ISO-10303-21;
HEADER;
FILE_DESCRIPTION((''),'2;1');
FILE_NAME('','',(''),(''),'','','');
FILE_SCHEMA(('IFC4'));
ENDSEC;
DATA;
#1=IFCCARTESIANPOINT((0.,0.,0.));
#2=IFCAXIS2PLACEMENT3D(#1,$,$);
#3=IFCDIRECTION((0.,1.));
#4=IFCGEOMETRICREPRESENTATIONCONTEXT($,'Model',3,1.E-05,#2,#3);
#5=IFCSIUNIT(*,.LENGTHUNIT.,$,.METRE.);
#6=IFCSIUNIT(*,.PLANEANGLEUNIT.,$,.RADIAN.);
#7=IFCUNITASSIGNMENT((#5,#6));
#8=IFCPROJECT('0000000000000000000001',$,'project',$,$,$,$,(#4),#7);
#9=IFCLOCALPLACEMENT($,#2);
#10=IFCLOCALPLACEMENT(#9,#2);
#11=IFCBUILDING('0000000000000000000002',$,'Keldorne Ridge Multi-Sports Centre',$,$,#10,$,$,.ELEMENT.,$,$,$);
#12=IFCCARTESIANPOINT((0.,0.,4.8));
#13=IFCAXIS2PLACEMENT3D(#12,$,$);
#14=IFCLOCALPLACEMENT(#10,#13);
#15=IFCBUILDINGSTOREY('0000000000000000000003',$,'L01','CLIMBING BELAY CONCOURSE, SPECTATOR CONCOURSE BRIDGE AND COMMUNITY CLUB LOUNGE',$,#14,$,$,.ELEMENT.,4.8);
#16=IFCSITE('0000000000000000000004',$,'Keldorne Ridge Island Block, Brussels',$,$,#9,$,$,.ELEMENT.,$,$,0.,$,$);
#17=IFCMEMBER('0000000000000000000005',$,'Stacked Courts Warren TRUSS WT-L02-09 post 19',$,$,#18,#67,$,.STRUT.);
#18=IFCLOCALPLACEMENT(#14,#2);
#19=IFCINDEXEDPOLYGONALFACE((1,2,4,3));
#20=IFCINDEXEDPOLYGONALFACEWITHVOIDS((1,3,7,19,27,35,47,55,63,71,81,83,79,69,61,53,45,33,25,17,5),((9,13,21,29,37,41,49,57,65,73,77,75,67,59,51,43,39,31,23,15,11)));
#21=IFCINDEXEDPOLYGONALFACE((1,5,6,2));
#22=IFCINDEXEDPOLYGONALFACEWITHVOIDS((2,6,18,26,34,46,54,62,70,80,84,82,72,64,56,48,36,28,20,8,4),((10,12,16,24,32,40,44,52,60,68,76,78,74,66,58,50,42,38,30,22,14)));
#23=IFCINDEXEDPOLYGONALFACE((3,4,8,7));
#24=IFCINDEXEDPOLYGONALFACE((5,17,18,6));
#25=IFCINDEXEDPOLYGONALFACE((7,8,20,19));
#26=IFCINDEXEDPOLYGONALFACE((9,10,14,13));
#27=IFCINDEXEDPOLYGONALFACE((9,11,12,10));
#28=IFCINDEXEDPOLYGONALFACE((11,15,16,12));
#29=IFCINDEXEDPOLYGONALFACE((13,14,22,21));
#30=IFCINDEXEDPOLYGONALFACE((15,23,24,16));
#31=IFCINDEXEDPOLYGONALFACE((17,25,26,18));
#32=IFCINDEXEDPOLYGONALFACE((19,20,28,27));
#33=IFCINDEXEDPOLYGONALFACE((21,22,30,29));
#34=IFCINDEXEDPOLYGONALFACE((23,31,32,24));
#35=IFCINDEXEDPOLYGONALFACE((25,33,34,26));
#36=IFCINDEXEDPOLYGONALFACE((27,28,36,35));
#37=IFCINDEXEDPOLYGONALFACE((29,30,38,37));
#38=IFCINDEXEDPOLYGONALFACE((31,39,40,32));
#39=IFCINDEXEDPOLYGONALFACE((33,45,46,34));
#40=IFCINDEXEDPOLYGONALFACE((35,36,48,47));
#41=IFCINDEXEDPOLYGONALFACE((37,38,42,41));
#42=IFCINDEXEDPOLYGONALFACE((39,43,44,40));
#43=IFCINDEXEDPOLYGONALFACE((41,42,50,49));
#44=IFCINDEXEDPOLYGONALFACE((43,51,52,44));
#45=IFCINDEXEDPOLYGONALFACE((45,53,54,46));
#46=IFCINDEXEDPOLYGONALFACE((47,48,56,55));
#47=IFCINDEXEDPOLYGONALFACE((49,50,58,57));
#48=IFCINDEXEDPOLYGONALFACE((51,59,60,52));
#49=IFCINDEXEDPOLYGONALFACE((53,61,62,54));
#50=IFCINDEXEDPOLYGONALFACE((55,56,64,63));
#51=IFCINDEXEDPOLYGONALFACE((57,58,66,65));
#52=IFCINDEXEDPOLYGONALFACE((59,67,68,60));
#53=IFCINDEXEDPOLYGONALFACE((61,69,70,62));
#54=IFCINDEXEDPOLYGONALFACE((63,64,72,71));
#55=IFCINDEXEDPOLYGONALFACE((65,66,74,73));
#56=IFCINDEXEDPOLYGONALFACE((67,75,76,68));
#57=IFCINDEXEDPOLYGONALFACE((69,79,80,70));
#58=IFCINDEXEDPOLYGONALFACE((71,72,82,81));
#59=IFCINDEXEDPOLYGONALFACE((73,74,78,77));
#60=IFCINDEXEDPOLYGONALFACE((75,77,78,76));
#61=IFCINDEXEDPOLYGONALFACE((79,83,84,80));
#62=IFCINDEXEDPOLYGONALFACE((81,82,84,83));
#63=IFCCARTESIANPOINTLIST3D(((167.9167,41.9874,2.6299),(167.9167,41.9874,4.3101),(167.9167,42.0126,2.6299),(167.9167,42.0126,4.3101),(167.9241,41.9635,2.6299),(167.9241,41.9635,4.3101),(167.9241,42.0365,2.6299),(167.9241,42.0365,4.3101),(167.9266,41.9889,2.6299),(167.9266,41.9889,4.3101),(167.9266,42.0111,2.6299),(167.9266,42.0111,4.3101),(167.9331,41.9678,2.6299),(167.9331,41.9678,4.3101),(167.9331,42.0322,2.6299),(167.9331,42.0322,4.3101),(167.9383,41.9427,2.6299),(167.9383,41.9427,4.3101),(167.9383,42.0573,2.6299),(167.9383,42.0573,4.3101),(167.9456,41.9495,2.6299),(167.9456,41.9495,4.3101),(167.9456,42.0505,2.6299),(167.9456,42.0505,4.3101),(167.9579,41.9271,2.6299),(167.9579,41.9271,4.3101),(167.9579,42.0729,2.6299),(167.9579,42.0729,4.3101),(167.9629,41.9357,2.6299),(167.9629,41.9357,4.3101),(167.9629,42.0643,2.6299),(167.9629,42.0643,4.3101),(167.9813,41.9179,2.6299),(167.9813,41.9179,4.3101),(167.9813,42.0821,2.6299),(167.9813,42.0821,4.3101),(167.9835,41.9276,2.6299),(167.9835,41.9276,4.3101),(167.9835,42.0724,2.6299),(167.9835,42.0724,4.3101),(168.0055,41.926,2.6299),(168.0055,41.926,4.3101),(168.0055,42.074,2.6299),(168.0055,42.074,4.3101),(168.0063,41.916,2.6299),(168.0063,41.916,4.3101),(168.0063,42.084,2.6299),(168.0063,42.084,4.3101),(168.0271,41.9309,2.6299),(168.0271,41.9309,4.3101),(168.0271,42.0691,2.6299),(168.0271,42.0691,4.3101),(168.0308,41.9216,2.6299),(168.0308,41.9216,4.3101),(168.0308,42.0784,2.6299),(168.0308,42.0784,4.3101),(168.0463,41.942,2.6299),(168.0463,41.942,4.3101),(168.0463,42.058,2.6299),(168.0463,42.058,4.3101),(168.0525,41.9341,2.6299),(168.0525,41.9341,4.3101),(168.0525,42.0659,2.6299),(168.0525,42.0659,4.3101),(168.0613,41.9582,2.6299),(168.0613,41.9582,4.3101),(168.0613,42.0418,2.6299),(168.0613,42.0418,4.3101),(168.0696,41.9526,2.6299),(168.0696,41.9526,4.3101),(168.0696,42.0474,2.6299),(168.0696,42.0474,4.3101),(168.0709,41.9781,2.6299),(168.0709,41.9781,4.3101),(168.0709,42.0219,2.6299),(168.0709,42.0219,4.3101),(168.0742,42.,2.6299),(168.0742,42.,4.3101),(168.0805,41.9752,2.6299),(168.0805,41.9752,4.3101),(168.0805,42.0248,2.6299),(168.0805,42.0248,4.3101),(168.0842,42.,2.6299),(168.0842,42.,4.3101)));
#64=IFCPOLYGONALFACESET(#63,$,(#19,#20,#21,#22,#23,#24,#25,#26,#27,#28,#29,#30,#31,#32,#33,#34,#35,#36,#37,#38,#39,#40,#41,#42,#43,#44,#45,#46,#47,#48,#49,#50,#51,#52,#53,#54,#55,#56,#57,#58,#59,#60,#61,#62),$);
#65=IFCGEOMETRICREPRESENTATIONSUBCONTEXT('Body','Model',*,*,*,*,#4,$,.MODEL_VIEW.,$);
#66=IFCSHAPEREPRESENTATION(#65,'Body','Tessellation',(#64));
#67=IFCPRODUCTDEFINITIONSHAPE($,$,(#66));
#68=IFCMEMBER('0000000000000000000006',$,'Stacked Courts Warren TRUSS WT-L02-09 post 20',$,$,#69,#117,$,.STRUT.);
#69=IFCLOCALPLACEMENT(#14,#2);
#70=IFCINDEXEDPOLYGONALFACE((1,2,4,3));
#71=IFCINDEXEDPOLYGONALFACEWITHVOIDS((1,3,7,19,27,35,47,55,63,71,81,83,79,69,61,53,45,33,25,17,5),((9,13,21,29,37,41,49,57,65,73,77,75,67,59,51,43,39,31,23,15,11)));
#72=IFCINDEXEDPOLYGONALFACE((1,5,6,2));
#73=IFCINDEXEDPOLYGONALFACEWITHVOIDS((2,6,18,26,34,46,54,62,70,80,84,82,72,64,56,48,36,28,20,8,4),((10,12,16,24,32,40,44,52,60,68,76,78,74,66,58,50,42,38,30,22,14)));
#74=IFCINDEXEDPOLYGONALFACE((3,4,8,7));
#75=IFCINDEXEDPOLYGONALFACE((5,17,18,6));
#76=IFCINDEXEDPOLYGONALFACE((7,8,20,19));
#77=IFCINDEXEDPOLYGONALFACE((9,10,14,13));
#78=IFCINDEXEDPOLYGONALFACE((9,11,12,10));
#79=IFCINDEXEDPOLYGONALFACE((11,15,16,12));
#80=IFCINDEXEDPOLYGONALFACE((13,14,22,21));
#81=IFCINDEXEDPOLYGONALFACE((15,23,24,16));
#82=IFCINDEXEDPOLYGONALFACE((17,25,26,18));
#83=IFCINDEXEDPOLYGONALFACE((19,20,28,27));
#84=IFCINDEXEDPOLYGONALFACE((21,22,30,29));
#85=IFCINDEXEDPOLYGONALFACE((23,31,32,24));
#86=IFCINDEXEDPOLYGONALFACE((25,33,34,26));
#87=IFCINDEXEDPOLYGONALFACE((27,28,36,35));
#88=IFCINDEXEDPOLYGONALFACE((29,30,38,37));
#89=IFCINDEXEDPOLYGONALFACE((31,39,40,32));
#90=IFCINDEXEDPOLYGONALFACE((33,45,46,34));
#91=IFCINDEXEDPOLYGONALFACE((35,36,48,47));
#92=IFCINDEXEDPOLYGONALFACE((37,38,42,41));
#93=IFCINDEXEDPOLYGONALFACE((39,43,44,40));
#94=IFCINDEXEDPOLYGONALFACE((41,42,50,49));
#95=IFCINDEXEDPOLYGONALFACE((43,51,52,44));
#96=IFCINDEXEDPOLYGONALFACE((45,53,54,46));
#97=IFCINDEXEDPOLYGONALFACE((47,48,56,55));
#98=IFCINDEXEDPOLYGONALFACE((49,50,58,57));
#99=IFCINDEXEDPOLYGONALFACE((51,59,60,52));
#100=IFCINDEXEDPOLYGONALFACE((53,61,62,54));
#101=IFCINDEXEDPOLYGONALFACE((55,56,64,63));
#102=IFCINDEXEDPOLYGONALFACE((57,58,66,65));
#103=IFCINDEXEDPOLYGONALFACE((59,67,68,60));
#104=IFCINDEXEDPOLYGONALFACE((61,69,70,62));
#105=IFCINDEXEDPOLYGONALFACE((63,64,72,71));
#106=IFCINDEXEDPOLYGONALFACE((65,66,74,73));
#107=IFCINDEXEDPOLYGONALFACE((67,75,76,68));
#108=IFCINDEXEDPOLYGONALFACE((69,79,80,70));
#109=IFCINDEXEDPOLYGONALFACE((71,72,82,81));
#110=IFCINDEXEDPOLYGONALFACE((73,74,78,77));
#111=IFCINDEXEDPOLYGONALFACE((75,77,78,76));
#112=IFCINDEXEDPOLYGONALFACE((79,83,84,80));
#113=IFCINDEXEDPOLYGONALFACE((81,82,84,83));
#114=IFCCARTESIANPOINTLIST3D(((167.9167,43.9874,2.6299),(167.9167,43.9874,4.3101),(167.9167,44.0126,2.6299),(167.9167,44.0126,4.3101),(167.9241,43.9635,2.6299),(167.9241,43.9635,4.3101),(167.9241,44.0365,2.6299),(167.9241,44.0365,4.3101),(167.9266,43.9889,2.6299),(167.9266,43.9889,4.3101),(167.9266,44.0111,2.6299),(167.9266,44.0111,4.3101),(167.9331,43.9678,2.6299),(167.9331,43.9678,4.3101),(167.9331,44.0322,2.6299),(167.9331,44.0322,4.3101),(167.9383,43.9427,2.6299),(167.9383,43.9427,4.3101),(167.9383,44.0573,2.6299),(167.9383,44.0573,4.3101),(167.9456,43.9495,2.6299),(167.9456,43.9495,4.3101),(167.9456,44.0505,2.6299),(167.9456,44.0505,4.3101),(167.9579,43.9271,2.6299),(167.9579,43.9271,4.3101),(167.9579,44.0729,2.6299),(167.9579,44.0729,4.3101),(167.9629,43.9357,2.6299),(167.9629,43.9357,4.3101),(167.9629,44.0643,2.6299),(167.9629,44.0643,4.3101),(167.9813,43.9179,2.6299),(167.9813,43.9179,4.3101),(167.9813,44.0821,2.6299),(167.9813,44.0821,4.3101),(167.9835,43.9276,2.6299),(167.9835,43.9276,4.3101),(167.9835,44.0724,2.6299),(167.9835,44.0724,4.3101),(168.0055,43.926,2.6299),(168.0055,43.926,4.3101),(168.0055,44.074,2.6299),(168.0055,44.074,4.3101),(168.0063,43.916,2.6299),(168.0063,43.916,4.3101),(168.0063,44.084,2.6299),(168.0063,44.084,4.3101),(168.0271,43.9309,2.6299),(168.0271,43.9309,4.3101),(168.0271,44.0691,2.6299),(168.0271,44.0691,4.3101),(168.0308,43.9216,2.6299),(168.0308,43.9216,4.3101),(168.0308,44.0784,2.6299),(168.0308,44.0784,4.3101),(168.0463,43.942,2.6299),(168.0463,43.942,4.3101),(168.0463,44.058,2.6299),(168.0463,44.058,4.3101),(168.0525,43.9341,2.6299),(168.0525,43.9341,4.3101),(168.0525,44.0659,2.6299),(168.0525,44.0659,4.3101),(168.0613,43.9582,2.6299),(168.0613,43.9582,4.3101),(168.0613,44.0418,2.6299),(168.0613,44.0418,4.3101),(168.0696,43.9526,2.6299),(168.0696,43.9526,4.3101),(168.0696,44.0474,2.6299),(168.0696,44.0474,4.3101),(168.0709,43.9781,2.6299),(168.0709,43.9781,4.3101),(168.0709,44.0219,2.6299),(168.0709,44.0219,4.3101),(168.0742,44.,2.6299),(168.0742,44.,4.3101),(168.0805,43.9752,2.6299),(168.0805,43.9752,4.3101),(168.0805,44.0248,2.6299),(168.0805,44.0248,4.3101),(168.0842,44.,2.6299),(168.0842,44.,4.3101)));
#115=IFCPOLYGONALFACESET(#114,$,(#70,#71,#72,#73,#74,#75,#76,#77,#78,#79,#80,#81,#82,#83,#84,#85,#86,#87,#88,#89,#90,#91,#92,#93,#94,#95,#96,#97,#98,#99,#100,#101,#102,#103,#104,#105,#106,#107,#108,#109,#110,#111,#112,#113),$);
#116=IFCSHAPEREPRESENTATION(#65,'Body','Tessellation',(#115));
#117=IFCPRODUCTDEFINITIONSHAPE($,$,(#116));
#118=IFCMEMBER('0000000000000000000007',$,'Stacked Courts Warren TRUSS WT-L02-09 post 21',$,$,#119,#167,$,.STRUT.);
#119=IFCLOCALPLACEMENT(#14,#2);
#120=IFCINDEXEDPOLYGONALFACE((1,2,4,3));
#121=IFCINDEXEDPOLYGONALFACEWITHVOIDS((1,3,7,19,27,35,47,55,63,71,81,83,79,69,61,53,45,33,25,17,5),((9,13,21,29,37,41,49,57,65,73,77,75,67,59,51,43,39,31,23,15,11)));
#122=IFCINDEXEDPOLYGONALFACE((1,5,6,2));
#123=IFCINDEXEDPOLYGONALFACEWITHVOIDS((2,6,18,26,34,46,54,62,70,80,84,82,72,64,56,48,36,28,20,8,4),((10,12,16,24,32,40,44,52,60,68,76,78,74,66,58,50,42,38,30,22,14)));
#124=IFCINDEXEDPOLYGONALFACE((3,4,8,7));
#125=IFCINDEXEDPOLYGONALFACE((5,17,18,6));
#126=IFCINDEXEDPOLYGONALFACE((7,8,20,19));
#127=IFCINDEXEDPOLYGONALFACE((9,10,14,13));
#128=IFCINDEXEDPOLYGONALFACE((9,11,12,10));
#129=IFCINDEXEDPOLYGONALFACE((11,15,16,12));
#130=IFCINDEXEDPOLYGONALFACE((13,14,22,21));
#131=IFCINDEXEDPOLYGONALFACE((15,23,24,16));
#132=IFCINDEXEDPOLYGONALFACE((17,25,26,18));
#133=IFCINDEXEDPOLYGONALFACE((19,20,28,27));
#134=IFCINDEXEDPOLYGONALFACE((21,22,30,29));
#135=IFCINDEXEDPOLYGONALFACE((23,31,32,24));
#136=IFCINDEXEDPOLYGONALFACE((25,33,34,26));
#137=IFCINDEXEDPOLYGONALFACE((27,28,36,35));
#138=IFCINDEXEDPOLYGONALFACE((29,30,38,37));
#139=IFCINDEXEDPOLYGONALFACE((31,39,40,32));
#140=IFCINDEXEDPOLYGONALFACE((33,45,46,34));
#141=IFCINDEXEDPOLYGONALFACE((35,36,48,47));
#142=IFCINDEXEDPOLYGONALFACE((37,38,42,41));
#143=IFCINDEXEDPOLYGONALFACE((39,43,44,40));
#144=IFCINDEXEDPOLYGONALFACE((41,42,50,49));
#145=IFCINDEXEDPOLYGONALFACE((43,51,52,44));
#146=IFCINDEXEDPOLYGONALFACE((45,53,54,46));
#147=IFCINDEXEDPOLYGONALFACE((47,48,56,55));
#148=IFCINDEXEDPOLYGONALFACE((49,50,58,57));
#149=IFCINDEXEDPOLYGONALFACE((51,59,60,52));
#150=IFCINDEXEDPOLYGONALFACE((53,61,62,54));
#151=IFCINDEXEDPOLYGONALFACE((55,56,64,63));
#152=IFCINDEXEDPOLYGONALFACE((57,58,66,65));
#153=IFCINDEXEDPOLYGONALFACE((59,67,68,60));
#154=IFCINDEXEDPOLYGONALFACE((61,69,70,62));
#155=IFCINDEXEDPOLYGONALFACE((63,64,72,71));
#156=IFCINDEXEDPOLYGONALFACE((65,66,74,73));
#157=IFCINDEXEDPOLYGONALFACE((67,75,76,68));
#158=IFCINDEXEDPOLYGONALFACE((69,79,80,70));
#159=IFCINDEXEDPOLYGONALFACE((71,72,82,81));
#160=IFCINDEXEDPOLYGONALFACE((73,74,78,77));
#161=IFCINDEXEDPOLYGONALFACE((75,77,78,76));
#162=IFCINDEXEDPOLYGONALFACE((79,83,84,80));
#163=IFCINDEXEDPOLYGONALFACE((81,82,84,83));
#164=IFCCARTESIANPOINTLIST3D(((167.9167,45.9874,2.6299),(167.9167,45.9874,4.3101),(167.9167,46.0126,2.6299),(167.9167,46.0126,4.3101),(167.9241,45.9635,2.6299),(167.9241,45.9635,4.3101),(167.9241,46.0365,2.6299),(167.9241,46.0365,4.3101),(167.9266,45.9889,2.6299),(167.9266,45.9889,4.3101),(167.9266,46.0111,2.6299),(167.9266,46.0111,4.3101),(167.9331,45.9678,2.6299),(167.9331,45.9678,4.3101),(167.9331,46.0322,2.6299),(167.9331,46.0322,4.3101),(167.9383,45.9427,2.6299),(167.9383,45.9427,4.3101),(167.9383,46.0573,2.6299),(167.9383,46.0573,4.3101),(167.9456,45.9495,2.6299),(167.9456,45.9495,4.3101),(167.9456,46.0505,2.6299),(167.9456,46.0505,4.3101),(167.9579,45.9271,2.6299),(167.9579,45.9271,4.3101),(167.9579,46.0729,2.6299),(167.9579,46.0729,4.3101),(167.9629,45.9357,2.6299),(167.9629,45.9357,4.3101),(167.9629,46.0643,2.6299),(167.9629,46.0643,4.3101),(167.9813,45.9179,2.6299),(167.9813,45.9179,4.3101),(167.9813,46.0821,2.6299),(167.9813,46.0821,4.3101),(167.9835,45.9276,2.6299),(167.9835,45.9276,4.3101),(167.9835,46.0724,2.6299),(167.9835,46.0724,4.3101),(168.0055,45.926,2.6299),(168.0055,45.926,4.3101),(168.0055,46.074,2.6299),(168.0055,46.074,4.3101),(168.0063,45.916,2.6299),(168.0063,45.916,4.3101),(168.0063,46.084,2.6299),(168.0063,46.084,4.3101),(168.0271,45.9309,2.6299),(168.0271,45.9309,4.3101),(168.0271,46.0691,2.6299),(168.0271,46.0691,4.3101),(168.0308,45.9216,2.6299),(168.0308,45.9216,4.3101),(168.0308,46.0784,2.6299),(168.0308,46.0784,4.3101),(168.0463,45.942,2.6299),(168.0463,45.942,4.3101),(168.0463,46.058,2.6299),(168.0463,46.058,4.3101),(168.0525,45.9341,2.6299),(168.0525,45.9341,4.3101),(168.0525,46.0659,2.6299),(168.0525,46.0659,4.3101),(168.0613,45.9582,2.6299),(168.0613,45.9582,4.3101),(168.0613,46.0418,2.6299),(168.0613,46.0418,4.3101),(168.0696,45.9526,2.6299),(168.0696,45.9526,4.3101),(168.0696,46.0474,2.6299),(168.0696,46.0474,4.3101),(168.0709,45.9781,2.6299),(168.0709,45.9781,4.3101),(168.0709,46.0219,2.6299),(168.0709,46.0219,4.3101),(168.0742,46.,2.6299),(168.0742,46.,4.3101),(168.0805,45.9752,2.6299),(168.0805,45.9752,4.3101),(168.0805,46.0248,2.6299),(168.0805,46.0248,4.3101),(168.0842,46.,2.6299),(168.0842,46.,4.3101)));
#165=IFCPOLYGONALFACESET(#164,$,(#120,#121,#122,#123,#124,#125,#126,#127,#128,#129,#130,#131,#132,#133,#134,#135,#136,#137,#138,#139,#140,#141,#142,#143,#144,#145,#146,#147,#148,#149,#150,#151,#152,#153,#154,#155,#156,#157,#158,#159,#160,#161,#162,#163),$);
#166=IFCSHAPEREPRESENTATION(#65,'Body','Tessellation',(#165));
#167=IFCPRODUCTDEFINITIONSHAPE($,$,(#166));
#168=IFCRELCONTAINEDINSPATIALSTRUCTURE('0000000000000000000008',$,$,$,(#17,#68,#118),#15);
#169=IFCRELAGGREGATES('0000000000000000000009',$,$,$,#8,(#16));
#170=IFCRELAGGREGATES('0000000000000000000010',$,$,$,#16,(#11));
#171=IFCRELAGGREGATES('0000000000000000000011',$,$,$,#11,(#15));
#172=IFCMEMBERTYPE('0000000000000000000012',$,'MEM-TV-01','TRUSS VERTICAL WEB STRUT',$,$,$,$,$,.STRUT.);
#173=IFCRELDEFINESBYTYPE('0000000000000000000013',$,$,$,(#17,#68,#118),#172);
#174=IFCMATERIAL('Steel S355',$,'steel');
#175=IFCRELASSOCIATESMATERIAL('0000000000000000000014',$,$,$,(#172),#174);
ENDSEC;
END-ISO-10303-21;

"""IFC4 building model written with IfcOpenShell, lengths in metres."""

from ifc_helpers import new_model, si_unit, direction, frame, origin, origin_2d, place, context, subcontext, project, spatial, hollow_circle, extrude, material, material_profile, profile_set, type_object, element, save


model = new_model("IFC4")

# Units and contexts
model_context = context("Model", 3, precision=1e-05, world=origin(), true_north=direction((0.0, 1.0)))
body_context = subcontext(model_context, "Body", "Model", "MODEL_VIEW")
ifc_project = project(units=[si_unit("LENGTHUNIT", "METRE"), si_unit("PLANEANGLEUNIT", "RADIAN")], contexts=[model_context])

# Site, building, storey
site_placement = place(None, origin())
site = spatial("IfcSite", under=ifc_project, at=site_placement, Name="Keldorne Ridge Island Block, Brussels", CompositionType="ELEMENT", RefElevation=0.0)
building_placement = place(site_placement, origin())
building = spatial("IfcBuilding", under=site, at=building_placement, Name="Keldorne Ridge Multi-Sports Centre", CompositionType="ELEMENT")
storey_placement = place(building_placement, frame((0.0, 0.0, 4.8)))
storey = spatial("IfcBuildingStorey", under=building, at=storey_placement, Name="L01", Description="CLIMBING BELAY CONCOURSE, SPECTATOR CONCOURSE BRIDGE AND COMMUNITY CLUB LOUNGE", CompositionType="ELEMENT", Elevation=4.8)

# Shared definitions
ifc_material = material(Name="Steel S355", Category="steel")

# Members
ifc_material_profile_1 = material_profile(ifc_material, hollow_circle(Radius=0.0842, WallThickness=0.01, at=origin_2d()), Name="CHS 168.3x10")
ifc_profile_set_1 = profile_set([ifc_material_profile_1], Name="Steel S355")
member_type_1 = type_object("IfcMemberType", Name="MEM-TV-01", Description="TRUSS VERTICAL WEB STRUT", PredefinedType="STRUT", material=ifc_profile_set_1)
for number, where, z_axis, x_axis, name in (
    (1, (168.0, 42.0, 2.6299), (0.0, 0.0, 1.0), (1.0, 0.0, 0.0), "Stacked Courts Warren TRUSS WT-L02-09 post 19"),
    (2, (168.0, 44.0, 2.6299), (0.0, 0.0, 1.0), (1.0, 0.0, 0.0), "Stacked Courts Warren TRUSS WT-L02-09 post 20"),
    (3, (168.0, 46.0, 2.6299), (0.0, 0.0, 1.0), (1.0, 0.0, 0.0), "Stacked Courts Warren TRUSS WT-L02-09 post 21"),
):
    element("IfcMember", number, at=place(storey_placement, frame(where, z_axis=z_axis, x_axis=x_axis)), inside=storey, type_object=member_type_1, Name=name, PredefinedType="STRUT", context=body_context, shape_type="SweptSolid", body=[
        extrude(hollow_circle(Radius=0.0842, WallThickness=0.01, at=origin_2d()), origin(), (0.0, 0.0, 1.0), 1.6802),
    ])

save(model, "model.ifc")
